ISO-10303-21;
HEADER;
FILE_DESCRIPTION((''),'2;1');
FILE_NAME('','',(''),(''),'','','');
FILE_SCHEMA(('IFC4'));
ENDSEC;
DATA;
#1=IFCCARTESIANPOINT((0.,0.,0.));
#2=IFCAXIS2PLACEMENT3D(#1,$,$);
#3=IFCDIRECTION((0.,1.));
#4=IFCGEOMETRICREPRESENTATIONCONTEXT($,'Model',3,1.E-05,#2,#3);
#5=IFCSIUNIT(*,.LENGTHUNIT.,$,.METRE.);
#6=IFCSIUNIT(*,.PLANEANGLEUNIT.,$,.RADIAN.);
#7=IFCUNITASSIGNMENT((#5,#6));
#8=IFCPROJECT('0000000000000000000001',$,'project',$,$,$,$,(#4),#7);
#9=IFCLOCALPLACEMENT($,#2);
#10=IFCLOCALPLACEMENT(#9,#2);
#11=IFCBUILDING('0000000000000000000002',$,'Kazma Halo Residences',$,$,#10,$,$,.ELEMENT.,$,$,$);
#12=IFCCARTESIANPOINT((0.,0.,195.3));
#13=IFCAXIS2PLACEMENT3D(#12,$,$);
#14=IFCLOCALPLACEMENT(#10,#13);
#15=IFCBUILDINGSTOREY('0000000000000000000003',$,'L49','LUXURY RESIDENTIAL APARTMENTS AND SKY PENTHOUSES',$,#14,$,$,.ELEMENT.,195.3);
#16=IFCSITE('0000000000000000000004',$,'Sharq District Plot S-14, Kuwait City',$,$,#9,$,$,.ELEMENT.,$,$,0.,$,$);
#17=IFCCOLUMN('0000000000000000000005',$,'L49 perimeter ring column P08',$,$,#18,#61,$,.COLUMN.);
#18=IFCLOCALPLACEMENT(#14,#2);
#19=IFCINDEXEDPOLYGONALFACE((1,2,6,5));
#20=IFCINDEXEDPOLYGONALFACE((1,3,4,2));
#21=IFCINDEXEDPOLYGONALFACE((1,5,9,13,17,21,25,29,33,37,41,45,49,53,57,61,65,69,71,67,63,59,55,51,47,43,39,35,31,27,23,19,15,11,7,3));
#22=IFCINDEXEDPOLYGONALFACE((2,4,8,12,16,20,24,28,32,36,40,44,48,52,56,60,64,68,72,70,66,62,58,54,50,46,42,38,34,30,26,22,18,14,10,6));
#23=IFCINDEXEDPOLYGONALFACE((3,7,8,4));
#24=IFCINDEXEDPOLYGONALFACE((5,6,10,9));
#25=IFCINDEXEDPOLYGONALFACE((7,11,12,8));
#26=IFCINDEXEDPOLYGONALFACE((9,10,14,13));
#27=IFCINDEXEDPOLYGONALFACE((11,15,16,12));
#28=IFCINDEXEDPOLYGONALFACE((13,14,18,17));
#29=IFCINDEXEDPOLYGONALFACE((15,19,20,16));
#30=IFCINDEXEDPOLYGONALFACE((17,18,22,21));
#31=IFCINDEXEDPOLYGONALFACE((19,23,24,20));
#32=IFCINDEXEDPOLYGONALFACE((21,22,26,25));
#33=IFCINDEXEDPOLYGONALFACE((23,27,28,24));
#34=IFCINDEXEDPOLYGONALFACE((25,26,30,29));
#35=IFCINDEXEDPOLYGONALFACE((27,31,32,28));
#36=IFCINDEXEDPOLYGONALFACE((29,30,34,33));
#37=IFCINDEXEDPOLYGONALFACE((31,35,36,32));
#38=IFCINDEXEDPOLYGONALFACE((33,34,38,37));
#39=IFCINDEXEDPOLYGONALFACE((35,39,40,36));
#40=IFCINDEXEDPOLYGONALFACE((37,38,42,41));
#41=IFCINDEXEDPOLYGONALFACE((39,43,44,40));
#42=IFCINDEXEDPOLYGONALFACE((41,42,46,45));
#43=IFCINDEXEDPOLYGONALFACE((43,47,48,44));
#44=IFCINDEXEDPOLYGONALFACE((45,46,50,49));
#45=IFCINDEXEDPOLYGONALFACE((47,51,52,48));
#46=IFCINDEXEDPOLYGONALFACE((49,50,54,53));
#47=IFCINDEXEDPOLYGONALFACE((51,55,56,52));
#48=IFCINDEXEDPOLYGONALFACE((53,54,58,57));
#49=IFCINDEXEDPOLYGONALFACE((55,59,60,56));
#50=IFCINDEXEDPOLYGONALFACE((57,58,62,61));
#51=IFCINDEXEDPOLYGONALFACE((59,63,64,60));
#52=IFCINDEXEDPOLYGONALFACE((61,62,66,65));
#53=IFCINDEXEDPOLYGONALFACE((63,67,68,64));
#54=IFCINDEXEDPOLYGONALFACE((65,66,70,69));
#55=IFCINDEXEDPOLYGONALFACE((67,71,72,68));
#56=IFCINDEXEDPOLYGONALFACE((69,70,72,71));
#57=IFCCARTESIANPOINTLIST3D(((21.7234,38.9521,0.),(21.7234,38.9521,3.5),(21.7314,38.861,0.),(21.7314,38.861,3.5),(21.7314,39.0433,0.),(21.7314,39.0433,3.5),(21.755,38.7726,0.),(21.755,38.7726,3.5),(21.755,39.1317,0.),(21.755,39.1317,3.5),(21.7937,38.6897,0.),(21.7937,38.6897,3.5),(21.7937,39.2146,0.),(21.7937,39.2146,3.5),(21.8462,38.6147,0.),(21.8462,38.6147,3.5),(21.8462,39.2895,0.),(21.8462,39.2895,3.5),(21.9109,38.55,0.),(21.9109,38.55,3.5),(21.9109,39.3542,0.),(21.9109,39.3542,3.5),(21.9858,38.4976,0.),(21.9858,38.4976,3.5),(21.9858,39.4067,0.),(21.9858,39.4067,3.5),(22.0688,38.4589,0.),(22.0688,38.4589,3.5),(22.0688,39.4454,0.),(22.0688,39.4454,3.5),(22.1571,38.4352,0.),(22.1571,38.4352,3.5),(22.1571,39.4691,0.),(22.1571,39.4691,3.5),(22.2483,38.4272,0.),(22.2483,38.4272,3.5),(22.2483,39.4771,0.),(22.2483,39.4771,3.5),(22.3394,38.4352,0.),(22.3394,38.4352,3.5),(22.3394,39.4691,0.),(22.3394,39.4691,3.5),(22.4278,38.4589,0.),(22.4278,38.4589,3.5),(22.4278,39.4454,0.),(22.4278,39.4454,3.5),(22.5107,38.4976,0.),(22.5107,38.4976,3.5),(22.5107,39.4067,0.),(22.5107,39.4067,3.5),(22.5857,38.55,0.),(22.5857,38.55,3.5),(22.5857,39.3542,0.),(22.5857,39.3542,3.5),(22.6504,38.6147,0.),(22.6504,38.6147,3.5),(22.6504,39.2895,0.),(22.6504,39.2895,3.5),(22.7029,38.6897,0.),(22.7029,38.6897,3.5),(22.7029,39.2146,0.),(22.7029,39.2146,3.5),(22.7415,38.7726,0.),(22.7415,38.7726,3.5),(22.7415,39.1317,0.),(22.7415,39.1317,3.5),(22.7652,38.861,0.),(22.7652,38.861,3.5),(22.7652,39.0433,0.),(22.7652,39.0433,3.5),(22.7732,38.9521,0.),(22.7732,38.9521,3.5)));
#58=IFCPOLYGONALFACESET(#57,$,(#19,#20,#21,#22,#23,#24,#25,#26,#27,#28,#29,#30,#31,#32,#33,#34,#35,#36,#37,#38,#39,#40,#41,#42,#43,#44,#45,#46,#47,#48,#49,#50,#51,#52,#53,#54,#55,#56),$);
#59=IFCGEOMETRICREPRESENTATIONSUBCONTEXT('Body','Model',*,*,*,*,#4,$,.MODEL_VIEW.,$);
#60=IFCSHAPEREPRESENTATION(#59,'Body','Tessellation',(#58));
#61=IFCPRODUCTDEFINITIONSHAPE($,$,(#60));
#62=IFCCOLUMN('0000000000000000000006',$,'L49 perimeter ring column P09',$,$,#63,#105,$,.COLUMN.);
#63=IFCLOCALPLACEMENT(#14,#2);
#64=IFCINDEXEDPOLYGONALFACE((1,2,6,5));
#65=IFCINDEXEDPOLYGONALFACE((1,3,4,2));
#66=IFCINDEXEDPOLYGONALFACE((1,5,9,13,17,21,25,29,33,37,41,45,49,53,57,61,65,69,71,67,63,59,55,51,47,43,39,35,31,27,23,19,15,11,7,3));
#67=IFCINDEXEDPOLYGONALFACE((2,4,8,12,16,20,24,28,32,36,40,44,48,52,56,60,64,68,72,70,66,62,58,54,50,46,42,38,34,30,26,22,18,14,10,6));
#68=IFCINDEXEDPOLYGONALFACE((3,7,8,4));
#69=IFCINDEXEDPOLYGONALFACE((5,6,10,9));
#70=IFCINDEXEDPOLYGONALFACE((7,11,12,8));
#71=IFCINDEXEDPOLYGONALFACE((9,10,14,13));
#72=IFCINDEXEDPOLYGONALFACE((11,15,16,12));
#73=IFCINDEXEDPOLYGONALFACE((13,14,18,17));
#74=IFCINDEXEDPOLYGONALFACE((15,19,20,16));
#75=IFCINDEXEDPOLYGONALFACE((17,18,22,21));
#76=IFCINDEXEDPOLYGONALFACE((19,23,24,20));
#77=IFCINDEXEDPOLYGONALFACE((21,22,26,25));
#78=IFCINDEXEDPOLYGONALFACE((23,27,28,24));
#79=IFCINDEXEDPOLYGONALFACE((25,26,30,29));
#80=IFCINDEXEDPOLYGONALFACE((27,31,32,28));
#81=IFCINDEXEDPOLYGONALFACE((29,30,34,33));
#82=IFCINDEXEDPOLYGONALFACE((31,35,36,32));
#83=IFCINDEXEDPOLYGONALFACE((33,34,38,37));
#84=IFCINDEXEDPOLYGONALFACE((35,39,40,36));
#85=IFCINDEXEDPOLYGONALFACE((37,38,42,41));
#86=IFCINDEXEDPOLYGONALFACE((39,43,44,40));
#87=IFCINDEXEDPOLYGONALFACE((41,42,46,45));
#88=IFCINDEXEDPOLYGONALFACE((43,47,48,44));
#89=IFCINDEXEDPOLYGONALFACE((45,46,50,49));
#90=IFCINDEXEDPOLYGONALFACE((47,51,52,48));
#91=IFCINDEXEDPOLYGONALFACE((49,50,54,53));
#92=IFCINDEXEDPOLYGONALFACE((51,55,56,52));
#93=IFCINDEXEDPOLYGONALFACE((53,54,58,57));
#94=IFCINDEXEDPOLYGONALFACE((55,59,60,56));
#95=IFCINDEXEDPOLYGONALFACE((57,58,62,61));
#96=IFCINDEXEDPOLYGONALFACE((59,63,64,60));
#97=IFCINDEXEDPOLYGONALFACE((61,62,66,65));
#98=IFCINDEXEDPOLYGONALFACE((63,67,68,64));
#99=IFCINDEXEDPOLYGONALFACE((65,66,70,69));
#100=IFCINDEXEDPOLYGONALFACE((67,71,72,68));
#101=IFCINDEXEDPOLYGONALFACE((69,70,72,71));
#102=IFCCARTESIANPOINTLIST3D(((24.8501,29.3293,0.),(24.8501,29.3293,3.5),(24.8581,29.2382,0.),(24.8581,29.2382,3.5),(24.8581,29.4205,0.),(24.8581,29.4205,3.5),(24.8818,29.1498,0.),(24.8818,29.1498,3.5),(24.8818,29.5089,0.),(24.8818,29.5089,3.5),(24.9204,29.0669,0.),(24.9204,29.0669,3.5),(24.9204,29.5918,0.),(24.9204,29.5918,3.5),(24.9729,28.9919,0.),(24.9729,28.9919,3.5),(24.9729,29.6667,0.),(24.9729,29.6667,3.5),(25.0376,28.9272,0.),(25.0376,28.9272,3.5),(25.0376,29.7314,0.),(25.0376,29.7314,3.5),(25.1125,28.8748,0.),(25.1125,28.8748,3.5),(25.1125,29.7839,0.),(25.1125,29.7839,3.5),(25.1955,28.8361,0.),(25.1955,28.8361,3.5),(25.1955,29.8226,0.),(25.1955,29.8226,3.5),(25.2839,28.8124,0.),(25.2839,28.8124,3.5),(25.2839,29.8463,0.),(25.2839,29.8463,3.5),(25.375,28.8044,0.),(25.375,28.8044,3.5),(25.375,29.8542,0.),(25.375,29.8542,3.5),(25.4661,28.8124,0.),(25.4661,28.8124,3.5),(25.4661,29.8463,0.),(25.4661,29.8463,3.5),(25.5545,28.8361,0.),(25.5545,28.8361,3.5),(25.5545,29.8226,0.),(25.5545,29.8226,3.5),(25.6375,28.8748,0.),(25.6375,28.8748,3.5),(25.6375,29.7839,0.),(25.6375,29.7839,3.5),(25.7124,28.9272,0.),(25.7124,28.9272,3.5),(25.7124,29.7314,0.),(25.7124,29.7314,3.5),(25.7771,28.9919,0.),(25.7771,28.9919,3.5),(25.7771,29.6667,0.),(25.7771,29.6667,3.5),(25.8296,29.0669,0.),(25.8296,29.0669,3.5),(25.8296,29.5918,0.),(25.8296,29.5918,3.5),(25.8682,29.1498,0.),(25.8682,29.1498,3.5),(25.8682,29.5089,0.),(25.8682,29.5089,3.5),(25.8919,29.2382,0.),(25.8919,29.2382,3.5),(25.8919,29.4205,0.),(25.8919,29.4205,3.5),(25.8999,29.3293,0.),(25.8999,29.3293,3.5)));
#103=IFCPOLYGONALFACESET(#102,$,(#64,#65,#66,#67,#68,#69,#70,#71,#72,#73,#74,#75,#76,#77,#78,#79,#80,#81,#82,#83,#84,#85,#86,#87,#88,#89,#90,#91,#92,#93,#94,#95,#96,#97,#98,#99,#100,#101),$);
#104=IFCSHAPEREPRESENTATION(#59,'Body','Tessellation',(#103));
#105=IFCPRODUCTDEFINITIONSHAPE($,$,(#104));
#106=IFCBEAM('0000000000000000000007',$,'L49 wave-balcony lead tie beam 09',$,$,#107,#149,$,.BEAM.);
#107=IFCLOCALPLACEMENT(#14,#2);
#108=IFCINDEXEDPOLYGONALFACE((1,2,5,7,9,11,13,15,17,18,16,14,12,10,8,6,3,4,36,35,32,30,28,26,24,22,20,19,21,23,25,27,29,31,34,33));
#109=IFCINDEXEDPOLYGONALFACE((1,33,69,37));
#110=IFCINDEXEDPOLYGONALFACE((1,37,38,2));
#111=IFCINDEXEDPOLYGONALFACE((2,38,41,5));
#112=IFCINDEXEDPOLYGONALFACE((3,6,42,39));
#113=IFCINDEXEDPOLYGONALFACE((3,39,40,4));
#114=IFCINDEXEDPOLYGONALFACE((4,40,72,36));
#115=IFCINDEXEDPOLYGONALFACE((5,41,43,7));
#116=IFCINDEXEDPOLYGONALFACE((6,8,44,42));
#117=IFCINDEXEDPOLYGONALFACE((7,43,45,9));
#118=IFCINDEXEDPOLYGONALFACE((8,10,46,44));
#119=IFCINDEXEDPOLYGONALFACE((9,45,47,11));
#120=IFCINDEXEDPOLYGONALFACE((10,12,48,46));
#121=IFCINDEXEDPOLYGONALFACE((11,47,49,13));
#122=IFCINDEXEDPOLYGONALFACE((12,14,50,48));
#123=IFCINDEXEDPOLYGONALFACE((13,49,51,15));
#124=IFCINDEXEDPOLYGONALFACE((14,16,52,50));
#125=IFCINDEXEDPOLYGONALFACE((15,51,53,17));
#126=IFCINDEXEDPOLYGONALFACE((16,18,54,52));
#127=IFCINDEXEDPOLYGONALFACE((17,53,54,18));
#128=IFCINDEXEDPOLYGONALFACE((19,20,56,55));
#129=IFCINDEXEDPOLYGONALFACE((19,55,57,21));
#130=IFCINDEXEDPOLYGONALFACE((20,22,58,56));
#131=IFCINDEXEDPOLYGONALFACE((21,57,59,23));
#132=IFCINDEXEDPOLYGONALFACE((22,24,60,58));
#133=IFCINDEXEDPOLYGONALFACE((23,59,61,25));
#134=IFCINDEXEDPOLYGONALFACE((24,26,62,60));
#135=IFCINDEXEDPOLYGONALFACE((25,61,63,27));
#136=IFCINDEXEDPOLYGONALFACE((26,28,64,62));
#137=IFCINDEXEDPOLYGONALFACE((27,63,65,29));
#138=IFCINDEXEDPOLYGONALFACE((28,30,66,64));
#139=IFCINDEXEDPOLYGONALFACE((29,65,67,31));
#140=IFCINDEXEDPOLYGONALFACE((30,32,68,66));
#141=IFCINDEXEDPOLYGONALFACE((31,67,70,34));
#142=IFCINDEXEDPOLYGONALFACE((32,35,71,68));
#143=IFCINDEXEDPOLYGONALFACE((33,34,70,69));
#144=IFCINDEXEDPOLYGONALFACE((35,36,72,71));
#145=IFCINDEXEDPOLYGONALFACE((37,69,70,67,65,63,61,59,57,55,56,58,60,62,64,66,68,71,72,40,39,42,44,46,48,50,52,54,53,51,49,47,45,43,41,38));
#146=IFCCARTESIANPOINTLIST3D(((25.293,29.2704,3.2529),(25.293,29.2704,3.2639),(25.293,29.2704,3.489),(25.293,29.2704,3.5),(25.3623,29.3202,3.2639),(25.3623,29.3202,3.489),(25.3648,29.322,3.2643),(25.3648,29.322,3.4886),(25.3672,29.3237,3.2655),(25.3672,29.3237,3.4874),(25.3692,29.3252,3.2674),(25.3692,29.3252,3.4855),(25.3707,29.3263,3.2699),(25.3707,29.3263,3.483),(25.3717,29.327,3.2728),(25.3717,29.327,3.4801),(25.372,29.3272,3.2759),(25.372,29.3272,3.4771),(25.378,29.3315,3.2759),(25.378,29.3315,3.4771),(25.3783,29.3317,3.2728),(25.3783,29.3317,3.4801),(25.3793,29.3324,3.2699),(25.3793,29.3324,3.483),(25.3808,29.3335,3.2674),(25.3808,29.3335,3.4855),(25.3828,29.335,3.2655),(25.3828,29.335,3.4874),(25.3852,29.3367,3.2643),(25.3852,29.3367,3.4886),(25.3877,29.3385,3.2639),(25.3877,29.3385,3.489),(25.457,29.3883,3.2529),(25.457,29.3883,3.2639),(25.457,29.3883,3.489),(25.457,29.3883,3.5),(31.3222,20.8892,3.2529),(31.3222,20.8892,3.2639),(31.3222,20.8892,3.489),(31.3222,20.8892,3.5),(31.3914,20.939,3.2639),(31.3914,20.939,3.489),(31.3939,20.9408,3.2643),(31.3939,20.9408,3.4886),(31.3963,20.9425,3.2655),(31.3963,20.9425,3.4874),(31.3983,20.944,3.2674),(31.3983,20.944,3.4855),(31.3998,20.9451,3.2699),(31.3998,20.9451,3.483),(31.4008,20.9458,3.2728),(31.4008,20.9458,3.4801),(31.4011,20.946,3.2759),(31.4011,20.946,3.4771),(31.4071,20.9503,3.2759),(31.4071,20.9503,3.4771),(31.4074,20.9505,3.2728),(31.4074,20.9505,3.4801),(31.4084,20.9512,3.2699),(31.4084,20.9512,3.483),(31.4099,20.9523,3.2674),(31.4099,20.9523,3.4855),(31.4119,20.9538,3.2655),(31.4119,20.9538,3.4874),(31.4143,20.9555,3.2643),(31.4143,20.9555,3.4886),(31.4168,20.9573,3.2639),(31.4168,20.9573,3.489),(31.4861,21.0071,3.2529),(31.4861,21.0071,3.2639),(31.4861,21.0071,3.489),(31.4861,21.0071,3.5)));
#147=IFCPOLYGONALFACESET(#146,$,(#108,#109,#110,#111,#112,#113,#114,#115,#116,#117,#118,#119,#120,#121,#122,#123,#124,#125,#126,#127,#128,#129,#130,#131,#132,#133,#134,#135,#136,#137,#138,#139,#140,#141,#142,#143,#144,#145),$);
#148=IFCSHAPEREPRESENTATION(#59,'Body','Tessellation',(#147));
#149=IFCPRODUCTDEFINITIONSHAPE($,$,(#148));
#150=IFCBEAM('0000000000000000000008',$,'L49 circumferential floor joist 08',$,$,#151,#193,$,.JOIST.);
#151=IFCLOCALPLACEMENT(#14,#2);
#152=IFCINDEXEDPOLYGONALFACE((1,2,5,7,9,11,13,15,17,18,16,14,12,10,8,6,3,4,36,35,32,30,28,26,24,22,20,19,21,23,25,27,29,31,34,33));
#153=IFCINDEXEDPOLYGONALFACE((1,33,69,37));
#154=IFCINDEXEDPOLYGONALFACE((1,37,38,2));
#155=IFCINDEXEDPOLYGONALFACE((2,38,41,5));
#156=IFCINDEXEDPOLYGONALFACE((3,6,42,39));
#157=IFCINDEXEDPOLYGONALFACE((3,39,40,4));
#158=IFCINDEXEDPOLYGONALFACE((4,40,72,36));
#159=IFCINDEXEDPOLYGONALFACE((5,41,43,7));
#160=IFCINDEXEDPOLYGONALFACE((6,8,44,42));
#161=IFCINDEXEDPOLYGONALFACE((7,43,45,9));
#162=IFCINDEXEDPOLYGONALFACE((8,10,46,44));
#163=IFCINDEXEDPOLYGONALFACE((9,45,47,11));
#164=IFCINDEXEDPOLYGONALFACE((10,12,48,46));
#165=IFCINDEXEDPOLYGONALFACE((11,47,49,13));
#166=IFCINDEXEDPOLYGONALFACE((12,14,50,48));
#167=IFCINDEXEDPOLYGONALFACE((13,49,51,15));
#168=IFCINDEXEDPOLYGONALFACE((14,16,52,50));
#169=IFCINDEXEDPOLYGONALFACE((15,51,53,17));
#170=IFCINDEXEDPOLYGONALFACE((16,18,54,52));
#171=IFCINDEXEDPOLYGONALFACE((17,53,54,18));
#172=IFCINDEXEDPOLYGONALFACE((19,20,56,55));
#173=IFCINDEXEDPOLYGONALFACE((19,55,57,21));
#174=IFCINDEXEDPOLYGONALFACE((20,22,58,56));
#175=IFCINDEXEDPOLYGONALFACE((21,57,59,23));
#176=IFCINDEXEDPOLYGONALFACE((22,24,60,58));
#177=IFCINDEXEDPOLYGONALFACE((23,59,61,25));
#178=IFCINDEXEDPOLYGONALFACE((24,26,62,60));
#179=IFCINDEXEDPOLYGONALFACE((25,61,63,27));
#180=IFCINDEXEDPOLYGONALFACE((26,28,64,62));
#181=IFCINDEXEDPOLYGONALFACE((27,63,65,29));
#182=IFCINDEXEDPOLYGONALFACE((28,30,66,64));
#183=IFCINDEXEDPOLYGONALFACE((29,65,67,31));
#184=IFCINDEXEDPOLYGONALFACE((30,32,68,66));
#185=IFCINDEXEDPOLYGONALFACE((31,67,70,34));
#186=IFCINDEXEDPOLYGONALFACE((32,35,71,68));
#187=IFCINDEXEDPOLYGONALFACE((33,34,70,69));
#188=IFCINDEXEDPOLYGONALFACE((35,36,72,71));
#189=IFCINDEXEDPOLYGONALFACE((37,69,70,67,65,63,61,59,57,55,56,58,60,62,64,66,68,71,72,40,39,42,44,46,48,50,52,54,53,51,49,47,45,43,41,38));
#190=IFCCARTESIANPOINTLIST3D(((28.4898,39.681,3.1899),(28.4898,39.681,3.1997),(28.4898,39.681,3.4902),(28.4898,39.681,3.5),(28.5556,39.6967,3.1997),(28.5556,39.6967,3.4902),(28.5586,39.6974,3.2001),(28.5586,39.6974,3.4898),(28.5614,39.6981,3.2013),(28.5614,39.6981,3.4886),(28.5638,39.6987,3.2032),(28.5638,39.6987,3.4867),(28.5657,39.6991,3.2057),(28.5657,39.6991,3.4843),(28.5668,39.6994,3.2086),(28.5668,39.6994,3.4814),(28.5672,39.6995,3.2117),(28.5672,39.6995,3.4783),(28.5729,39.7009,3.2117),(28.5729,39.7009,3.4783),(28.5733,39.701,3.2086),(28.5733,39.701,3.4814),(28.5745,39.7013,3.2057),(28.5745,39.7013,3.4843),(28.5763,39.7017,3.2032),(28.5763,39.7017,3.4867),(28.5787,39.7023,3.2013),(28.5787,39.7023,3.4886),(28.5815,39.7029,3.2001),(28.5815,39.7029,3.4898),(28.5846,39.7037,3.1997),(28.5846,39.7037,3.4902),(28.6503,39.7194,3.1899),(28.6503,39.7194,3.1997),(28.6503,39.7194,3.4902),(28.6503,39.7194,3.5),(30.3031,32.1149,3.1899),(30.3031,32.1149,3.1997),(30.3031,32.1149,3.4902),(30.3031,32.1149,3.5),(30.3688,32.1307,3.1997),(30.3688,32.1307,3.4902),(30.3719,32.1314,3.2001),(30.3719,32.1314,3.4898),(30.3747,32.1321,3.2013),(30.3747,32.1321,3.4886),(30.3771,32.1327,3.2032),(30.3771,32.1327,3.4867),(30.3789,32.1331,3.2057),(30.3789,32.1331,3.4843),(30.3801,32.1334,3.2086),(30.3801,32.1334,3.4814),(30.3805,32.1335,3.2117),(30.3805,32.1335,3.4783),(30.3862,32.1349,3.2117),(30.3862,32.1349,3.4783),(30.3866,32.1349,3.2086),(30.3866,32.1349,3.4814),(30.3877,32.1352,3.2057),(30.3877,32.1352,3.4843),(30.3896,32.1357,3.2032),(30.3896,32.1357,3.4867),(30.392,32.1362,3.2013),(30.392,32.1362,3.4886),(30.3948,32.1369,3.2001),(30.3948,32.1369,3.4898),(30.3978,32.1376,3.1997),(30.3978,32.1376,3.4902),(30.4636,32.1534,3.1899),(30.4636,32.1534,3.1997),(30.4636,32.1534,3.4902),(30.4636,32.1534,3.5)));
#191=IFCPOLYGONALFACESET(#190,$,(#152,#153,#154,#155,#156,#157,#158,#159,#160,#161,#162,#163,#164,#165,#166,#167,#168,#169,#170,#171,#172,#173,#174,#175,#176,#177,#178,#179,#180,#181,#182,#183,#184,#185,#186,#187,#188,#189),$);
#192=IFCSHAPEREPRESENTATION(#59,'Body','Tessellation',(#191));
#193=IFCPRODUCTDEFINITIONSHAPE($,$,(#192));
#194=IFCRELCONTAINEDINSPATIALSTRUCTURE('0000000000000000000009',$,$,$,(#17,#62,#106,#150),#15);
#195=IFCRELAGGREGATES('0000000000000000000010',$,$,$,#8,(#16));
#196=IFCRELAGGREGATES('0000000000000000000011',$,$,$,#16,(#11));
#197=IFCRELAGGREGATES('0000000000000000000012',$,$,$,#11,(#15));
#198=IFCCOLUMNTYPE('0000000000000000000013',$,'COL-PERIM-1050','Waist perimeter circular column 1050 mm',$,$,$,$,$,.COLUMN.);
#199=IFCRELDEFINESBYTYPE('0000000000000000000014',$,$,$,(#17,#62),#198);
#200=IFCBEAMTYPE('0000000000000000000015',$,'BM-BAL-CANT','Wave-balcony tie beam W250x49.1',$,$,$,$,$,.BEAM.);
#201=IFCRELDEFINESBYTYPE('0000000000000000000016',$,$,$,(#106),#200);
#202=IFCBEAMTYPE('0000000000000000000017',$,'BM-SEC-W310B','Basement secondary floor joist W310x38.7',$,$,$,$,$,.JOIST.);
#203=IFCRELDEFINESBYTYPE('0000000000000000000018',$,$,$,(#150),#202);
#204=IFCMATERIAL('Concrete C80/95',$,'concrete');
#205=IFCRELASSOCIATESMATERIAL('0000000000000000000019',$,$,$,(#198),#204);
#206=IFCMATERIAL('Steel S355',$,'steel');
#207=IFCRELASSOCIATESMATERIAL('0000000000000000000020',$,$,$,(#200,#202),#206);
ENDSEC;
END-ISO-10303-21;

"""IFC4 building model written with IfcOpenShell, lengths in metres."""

from ifc_helpers import new_model, si_unit, direction, frame, origin, origin_2d, place, context, subcontext, project, spatial, circle, i_section, extrude, material, material_profile, profile_set, type_object, element, save


model = new_model("IFC4")

# Units and contexts
model_context = context("Model", 3, precision=1e-05, world=origin(), true_north=direction((0.0, 1.0)))
body_context = subcontext(model_context, "Body", "Model", "MODEL_VIEW")
ifc_project = project(units=[si_unit("LENGTHUNIT", "METRE"), si_unit("PLANEANGLEUNIT", "RADIAN")], contexts=[model_context])

# Site, building, storey
site_placement = place(None, origin())
site = spatial("IfcSite", under=ifc_project, at=site_placement, Name="Sharq District Plot S-14, Kuwait City", CompositionType="ELEMENT", RefElevation=0.0)
building_placement = place(site_placement, origin())
building = spatial("IfcBuilding", under=site, at=building_placement, Name="Kazma Halo Residences", CompositionType="ELEMENT")
storey_placement = place(building_placement, frame((0.0, 0.0, 195.3)))
storey = spatial("IfcBuildingStorey", under=building, at=storey_placement, Name="L49", Description="LUXURY RESIDENTIAL APARTMENTS AND SKY PENTHOUSES", CompositionType="ELEMENT", Elevation=195.3)

# Columns
ifc_material_1 = material(Name="Concrete C80/95", Category="concrete")
ifc_material_profile_1 = material_profile(ifc_material_1, circle(Radius=0.5249, at=origin_2d()), Name="CIRC1050")
ifc_profile_set_1 = profile_set([ifc_material_profile_1], Name="Concrete C80/95")
column_type = type_object("IfcColumnType", Name="COL-PERIM-1050", Description="Waist perimeter circular column 1050 mm", PredefinedType="COLUMN", material=ifc_profile_set_1)
for number, where, z_axis, x_axis, name in (
    (1, (22.2483, 38.9521, 0.0), (0.0, 0.0, 1.0), (1.0, 0.0, 0.0), "L49 perimeter ring column P08"),
    (2, (25.375, 29.3293, 0.0), (0.0, 0.0, 1.0), (1.0, 0.0, 0.0), "L49 perimeter ring column P09"),
):
    element("IfcColumn", number, at=place(storey_placement, frame(where, z_axis=z_axis, x_axis=x_axis)), inside=storey, type_object=column_type, Name=name, PredefinedType="COLUMN", context=body_context, shape_type="SweptSolid", body=[
        extrude(circle(Radius=0.5249, at=origin_2d()), origin(), (0.0, 0.0, 1.0), 3.5),
    ])

# Beams
ifc_material_2 = material(Name="Steel S355", Category="steel")
ifc_material_profile_2 = material_profile(ifc_material_2, i_section(OverallWidth=0.2019, OverallDepth=0.2471, WebThickness=0.0073, FlangeThickness=0.011, FilletRadius=0.012, at=origin_2d()), Name="W250x49.1")
ifc_profile_set_2 = profile_set([ifc_material_profile_2], Name="Steel S355")
beam_type_1 = type_object("IfcBeamType", Name="BM-BAL-CANT", Description="Wave-balcony tie beam W250x49.1", PredefinedType="BEAM", material=ifc_profile_set_2)
beam_1_placement = place(storey_placement, frame((25.375, 29.3293, 3.3765), z_axis=(0.583964, -0.81178, 0.0), x_axis=(0.81178, 0.583964, 0.0)))
element("IfcBeam", 3, at=beam_1_placement, inside=storey, type_object=beam_type_1, Name="L49 wave-balcony lead tie beam 09", PredefinedType="BEAM", context=body_context, shape_type="SweptSolid", body=[
    extrude(i_section(OverallWidth=0.2019, OverallDepth=0.2471, WebThickness=0.0073, FlangeThickness=0.011, FilletRadius=0.012, at=origin_2d()), origin(), (0.0, 0.0, 1.0), 10.3245),
])
ifc_material_profile_3 = material_profile(ifc_material_2, i_section(OverallWidth=0.165, OverallDepth=0.3101, WebThickness=0.0059, FlangeThickness=0.0098, FilletRadius=0.012, at=origin_2d()), Name="W310x38.7")
ifc_profile_set_3 = profile_set([ifc_material_profile_3], Name="Steel S355")
beam_type_2 = type_object("IfcBeamType", Name="BM-SEC-W310B", Description="Basement secondary floor joist W310x38.7", PredefinedType="JOIST", material=ifc_profile_set_3)
beam_2_placement = place(storey_placement, frame((28.5701, 39.7002, 3.345), z_axis=(0.233058, -0.972463, 0.0), x_axis=(0.972463, 0.233058, 0.0)))
element("IfcBeam", 4, at=beam_2_placement, inside=storey, type_object=beam_type_2, Name="L49 circumferential floor joist 08", PredefinedType="JOIST", context=body_context, shape_type="SweptSolid", body=[
    extrude(i_section(OverallWidth=0.165, OverallDepth=0.3101, WebThickness=0.0059, FlangeThickness=0.0098, FilletRadius=0.012, at=origin_2d()), origin(), (0.0, 0.0, 1.0), 7.7803),
])

save(model, "model.ifc")
